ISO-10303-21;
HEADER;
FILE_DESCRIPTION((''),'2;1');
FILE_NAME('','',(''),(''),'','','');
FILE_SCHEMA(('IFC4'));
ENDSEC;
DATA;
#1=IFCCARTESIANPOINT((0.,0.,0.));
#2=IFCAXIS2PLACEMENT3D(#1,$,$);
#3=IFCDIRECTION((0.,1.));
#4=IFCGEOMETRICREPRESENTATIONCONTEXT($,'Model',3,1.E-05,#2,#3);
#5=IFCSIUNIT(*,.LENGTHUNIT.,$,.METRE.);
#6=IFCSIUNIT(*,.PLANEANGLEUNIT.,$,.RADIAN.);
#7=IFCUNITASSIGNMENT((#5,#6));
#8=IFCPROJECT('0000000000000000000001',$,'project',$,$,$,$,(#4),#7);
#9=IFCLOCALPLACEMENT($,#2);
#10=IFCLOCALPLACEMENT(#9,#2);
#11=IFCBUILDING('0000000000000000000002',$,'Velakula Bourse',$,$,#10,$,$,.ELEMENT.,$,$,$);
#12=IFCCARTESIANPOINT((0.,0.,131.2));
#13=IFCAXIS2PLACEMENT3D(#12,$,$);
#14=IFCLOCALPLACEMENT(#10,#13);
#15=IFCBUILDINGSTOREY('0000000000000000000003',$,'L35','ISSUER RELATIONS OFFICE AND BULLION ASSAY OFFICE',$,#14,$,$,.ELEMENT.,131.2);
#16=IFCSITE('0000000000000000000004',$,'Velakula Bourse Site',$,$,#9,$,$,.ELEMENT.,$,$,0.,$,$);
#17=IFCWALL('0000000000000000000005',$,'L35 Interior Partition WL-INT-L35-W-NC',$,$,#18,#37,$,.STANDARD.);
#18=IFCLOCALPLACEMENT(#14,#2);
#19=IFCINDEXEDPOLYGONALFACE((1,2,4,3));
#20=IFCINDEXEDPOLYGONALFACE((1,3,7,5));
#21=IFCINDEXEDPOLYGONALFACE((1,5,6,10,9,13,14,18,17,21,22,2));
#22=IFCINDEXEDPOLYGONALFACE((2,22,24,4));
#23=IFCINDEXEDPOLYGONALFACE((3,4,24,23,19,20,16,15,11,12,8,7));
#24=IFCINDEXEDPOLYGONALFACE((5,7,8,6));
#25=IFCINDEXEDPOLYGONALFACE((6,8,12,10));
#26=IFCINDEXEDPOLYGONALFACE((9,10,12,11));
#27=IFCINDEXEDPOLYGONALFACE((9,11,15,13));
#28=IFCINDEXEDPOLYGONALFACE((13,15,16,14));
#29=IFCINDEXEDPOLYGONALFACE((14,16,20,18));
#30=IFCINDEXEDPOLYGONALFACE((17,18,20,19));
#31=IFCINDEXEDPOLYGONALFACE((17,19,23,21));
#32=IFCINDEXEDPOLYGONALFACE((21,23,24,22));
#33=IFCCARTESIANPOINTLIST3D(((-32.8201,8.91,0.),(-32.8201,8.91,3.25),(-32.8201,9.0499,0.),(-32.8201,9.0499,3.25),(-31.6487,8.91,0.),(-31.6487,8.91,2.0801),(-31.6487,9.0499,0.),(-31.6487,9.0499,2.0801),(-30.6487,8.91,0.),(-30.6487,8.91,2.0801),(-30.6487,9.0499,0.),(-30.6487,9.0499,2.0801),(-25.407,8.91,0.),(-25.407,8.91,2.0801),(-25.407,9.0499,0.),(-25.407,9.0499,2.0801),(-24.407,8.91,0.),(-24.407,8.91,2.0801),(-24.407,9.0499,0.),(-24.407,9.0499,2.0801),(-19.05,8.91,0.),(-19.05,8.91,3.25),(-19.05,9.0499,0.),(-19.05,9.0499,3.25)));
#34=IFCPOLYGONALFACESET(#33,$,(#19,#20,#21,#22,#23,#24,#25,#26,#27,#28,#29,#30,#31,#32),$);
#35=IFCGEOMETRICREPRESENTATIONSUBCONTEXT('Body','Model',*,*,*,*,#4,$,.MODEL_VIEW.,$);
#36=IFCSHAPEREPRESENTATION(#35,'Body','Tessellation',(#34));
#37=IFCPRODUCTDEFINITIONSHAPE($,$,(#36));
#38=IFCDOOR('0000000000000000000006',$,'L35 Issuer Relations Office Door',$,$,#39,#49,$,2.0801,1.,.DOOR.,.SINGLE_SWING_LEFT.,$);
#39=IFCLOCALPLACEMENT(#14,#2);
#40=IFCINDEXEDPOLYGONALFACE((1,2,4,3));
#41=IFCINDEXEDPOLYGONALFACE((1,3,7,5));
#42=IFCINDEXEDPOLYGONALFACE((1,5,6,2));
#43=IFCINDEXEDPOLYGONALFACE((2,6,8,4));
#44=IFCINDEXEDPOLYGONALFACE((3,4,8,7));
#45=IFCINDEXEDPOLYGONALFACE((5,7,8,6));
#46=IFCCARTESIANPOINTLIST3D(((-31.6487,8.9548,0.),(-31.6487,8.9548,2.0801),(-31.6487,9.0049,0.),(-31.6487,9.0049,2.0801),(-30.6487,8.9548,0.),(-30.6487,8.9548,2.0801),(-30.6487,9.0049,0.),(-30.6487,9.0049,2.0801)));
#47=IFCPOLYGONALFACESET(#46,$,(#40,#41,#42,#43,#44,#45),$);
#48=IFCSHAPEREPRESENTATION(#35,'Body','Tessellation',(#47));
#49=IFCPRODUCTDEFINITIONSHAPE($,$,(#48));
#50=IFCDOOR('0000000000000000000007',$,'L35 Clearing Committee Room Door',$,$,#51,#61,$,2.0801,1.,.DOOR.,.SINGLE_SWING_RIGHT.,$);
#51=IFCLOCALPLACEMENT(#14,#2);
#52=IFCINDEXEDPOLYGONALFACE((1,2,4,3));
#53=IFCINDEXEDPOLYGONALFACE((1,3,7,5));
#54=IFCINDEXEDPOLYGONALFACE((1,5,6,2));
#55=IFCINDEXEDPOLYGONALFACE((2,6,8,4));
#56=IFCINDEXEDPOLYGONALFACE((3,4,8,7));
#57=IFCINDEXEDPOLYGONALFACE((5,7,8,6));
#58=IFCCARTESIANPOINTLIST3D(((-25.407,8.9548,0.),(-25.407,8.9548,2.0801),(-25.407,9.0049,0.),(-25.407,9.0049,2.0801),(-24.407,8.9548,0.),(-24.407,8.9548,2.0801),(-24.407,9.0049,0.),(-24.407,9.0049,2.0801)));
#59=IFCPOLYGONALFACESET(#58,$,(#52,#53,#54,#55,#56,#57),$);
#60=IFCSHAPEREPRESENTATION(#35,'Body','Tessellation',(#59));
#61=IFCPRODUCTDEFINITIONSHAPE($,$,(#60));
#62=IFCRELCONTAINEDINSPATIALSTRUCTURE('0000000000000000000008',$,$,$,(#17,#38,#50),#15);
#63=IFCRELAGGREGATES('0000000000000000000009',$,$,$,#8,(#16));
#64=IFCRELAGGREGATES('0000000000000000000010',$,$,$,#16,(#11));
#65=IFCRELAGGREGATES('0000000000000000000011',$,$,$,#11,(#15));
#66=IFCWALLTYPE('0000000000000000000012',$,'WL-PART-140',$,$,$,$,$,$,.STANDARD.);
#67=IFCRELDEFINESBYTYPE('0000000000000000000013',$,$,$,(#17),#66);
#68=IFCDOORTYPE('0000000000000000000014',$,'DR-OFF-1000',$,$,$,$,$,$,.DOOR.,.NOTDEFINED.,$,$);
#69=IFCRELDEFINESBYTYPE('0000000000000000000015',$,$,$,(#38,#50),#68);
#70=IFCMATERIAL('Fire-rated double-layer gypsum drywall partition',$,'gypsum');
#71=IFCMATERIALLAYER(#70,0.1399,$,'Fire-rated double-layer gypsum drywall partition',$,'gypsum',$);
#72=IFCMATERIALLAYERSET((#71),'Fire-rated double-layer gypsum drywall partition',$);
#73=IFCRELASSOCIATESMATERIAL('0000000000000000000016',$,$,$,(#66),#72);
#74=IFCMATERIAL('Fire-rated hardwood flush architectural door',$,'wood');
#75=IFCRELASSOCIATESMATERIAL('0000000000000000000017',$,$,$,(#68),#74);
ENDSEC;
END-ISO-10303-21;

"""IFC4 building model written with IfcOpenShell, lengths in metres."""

from ifc_helpers import new_model, si_unit, direction, frame, frame_2d, origin, place, context, subcontext, project, spatial, rectangle, extrude, material, layer, layer_set, type_object, element, fill, save


model = new_model("IFC4")

# Units and contexts
model_context = context("Model", 3, precision=1e-05, world=origin(), true_north=direction((0.0, 1.0)))
body_context = subcontext(model_context, "Body", "Model", "MODEL_VIEW")
ifc_project = project(units=[si_unit("LENGTHUNIT", "METRE"), si_unit("PLANEANGLEUNIT", "RADIAN")], contexts=[model_context])

# Site, building, storey
site_placement = place(None, origin())
site = spatial("IfcSite", under=ifc_project, at=site_placement, Name="Velakula Bourse Site", CompositionType="ELEMENT", RefElevation=0.0)
building_placement = place(site_placement, origin())
building = spatial("IfcBuilding", under=site, at=building_placement, Name="Velakula Bourse", CompositionType="ELEMENT")
storey_placement = place(building_placement, frame((0.0, 0.0, 131.2)))
storey = spatial("IfcBuildingStorey", under=building, at=storey_placement, Name="L35", Description="ISSUER RELATIONS OFFICE AND BULLION ASSAY OFFICE", CompositionType="ELEMENT", Elevation=131.2)

# Wall, openings, doors
ifc_material_1 = material(Name="Fire-rated double-layer gypsum drywall partition", Category="gypsum")
ifc_layer_1 = layer(ifc_material_1, 0.1399, Name="Fire-rated double-layer gypsum drywall partition", Category="gypsum")
ifc_layer_set_1 = layer_set([ifc_layer_1], Name="Fire-rated double-layer gypsum drywall partition")
wall_type_1 = type_object("IfcWallType", Name="WL-PART-140", PredefinedType="STANDARD", material=ifc_layer_set_1)
ifc_material_2 = material(Name="Fire-rated hardwood flush architectural door", Category="wood")
door_type = type_object("IfcDoorType", Name="DR-OFF-1000", OperationType="NOTDEFINED", PredefinedType="DOOR", material=ifc_material_2)
wall_1_placement = place(storey_placement, frame((-32.8201, 8.98, 0.0), z_axis=(0.0, 0.0, 1.0), x_axis=(1.0, 0.0, 0.0)))
wall_1 = element("IfcWall", 1, at=wall_1_placement, inside=storey, type_object=wall_type_1, Name="L35 Interior Partition WL-INT-L35-W-NC", PredefinedType="STANDARD", context=body_context, shape_type="SweptSolid", body=[
    extrude(rectangle(XDim=13.77, YDim=0.1399, at=frame_2d((6.885, 0.0))), origin(), (0.0, 0.0, 1.0), 3.25),
])
opening_1_placement = place(wall_1_placement, frame((1.1714, 0.0, 0.0)))
opening_1 = element("IfcOpeningElement", 2, at=opening_1_placement, cuts=wall_1, PredefinedType="OPENING", context=body_context, shape_type="SweptSolid", body=[
    extrude(rectangle(XDim=1.0, YDim=2.0801, at=frame_2d((0.5, 1.04))), frame((0.0, 0.0798, 0.0), z_axis=(0.0, -1.0, 0.0), x_axis=(1.0, 0.0, 0.0)), (0.0, 0.0, 1.0), 0.1599),
])
opening_2_placement = place(wall_1_placement, frame((7.4131, 0.0, 0.0)))
opening_2 = element("IfcOpeningElement", 3, at=opening_2_placement, cuts=wall_1, PredefinedType="OPENING", context=body_context, shape_type="SweptSolid", body=[
    extrude(rectangle(XDim=1.0, YDim=2.0801, at=frame_2d((0.5, 1.04))), frame((0.0, 0.0798, 0.0), z_axis=(0.0, -1.0, 0.0), x_axis=(1.0, 0.0, 0.0)), (0.0, 0.0, 1.0), 0.1599),
])
door_1_placement = place(opening_1_placement, origin())
door_1 = element("IfcDoor", 4, at=door_1_placement, inside=storey, type_object=door_type, Name="L35 Issuer Relations Office Door", OperationType="SINGLE_SWING_LEFT", OverallHeight=2.0801, OverallWidth=1.0, PredefinedType="DOOR", context=body_context, shape_type="SweptSolid", body=[
    extrude(rectangle(XDim=1.0, YDim=2.0801, at=frame_2d((0.5, 1.04))), frame((0.0, 0.0249, 0.0), z_axis=(0.0, -1.0, 0.0), x_axis=(1.0, 0.0, 0.0)), (0.0, 0.0, 1.0), 0.05),
])
fill(opening_1, door_1)
door_2_placement = place(opening_2_placement, origin())
door_2 = element("IfcDoor", 5, at=door_2_placement, inside=storey, type_object=door_type, Name="L35 Clearing Committee Room Door", OperationType="SINGLE_SWING_RIGHT", OverallHeight=2.0801, OverallWidth=1.0, PredefinedType="DOOR", context=body_context, shape_type="SweptSolid", body=[
    extrude(rectangle(XDim=1.0, YDim=2.0801, at=frame_2d((0.5, 1.04))), frame((0.0, 0.0249, 0.0), z_axis=(0.0, -1.0, 0.0), x_axis=(1.0, 0.0, 0.0)), (0.0, 0.0, 1.0), 0.05),
])
fill(opening_2, door_2)

save(model, "model.ifc")
